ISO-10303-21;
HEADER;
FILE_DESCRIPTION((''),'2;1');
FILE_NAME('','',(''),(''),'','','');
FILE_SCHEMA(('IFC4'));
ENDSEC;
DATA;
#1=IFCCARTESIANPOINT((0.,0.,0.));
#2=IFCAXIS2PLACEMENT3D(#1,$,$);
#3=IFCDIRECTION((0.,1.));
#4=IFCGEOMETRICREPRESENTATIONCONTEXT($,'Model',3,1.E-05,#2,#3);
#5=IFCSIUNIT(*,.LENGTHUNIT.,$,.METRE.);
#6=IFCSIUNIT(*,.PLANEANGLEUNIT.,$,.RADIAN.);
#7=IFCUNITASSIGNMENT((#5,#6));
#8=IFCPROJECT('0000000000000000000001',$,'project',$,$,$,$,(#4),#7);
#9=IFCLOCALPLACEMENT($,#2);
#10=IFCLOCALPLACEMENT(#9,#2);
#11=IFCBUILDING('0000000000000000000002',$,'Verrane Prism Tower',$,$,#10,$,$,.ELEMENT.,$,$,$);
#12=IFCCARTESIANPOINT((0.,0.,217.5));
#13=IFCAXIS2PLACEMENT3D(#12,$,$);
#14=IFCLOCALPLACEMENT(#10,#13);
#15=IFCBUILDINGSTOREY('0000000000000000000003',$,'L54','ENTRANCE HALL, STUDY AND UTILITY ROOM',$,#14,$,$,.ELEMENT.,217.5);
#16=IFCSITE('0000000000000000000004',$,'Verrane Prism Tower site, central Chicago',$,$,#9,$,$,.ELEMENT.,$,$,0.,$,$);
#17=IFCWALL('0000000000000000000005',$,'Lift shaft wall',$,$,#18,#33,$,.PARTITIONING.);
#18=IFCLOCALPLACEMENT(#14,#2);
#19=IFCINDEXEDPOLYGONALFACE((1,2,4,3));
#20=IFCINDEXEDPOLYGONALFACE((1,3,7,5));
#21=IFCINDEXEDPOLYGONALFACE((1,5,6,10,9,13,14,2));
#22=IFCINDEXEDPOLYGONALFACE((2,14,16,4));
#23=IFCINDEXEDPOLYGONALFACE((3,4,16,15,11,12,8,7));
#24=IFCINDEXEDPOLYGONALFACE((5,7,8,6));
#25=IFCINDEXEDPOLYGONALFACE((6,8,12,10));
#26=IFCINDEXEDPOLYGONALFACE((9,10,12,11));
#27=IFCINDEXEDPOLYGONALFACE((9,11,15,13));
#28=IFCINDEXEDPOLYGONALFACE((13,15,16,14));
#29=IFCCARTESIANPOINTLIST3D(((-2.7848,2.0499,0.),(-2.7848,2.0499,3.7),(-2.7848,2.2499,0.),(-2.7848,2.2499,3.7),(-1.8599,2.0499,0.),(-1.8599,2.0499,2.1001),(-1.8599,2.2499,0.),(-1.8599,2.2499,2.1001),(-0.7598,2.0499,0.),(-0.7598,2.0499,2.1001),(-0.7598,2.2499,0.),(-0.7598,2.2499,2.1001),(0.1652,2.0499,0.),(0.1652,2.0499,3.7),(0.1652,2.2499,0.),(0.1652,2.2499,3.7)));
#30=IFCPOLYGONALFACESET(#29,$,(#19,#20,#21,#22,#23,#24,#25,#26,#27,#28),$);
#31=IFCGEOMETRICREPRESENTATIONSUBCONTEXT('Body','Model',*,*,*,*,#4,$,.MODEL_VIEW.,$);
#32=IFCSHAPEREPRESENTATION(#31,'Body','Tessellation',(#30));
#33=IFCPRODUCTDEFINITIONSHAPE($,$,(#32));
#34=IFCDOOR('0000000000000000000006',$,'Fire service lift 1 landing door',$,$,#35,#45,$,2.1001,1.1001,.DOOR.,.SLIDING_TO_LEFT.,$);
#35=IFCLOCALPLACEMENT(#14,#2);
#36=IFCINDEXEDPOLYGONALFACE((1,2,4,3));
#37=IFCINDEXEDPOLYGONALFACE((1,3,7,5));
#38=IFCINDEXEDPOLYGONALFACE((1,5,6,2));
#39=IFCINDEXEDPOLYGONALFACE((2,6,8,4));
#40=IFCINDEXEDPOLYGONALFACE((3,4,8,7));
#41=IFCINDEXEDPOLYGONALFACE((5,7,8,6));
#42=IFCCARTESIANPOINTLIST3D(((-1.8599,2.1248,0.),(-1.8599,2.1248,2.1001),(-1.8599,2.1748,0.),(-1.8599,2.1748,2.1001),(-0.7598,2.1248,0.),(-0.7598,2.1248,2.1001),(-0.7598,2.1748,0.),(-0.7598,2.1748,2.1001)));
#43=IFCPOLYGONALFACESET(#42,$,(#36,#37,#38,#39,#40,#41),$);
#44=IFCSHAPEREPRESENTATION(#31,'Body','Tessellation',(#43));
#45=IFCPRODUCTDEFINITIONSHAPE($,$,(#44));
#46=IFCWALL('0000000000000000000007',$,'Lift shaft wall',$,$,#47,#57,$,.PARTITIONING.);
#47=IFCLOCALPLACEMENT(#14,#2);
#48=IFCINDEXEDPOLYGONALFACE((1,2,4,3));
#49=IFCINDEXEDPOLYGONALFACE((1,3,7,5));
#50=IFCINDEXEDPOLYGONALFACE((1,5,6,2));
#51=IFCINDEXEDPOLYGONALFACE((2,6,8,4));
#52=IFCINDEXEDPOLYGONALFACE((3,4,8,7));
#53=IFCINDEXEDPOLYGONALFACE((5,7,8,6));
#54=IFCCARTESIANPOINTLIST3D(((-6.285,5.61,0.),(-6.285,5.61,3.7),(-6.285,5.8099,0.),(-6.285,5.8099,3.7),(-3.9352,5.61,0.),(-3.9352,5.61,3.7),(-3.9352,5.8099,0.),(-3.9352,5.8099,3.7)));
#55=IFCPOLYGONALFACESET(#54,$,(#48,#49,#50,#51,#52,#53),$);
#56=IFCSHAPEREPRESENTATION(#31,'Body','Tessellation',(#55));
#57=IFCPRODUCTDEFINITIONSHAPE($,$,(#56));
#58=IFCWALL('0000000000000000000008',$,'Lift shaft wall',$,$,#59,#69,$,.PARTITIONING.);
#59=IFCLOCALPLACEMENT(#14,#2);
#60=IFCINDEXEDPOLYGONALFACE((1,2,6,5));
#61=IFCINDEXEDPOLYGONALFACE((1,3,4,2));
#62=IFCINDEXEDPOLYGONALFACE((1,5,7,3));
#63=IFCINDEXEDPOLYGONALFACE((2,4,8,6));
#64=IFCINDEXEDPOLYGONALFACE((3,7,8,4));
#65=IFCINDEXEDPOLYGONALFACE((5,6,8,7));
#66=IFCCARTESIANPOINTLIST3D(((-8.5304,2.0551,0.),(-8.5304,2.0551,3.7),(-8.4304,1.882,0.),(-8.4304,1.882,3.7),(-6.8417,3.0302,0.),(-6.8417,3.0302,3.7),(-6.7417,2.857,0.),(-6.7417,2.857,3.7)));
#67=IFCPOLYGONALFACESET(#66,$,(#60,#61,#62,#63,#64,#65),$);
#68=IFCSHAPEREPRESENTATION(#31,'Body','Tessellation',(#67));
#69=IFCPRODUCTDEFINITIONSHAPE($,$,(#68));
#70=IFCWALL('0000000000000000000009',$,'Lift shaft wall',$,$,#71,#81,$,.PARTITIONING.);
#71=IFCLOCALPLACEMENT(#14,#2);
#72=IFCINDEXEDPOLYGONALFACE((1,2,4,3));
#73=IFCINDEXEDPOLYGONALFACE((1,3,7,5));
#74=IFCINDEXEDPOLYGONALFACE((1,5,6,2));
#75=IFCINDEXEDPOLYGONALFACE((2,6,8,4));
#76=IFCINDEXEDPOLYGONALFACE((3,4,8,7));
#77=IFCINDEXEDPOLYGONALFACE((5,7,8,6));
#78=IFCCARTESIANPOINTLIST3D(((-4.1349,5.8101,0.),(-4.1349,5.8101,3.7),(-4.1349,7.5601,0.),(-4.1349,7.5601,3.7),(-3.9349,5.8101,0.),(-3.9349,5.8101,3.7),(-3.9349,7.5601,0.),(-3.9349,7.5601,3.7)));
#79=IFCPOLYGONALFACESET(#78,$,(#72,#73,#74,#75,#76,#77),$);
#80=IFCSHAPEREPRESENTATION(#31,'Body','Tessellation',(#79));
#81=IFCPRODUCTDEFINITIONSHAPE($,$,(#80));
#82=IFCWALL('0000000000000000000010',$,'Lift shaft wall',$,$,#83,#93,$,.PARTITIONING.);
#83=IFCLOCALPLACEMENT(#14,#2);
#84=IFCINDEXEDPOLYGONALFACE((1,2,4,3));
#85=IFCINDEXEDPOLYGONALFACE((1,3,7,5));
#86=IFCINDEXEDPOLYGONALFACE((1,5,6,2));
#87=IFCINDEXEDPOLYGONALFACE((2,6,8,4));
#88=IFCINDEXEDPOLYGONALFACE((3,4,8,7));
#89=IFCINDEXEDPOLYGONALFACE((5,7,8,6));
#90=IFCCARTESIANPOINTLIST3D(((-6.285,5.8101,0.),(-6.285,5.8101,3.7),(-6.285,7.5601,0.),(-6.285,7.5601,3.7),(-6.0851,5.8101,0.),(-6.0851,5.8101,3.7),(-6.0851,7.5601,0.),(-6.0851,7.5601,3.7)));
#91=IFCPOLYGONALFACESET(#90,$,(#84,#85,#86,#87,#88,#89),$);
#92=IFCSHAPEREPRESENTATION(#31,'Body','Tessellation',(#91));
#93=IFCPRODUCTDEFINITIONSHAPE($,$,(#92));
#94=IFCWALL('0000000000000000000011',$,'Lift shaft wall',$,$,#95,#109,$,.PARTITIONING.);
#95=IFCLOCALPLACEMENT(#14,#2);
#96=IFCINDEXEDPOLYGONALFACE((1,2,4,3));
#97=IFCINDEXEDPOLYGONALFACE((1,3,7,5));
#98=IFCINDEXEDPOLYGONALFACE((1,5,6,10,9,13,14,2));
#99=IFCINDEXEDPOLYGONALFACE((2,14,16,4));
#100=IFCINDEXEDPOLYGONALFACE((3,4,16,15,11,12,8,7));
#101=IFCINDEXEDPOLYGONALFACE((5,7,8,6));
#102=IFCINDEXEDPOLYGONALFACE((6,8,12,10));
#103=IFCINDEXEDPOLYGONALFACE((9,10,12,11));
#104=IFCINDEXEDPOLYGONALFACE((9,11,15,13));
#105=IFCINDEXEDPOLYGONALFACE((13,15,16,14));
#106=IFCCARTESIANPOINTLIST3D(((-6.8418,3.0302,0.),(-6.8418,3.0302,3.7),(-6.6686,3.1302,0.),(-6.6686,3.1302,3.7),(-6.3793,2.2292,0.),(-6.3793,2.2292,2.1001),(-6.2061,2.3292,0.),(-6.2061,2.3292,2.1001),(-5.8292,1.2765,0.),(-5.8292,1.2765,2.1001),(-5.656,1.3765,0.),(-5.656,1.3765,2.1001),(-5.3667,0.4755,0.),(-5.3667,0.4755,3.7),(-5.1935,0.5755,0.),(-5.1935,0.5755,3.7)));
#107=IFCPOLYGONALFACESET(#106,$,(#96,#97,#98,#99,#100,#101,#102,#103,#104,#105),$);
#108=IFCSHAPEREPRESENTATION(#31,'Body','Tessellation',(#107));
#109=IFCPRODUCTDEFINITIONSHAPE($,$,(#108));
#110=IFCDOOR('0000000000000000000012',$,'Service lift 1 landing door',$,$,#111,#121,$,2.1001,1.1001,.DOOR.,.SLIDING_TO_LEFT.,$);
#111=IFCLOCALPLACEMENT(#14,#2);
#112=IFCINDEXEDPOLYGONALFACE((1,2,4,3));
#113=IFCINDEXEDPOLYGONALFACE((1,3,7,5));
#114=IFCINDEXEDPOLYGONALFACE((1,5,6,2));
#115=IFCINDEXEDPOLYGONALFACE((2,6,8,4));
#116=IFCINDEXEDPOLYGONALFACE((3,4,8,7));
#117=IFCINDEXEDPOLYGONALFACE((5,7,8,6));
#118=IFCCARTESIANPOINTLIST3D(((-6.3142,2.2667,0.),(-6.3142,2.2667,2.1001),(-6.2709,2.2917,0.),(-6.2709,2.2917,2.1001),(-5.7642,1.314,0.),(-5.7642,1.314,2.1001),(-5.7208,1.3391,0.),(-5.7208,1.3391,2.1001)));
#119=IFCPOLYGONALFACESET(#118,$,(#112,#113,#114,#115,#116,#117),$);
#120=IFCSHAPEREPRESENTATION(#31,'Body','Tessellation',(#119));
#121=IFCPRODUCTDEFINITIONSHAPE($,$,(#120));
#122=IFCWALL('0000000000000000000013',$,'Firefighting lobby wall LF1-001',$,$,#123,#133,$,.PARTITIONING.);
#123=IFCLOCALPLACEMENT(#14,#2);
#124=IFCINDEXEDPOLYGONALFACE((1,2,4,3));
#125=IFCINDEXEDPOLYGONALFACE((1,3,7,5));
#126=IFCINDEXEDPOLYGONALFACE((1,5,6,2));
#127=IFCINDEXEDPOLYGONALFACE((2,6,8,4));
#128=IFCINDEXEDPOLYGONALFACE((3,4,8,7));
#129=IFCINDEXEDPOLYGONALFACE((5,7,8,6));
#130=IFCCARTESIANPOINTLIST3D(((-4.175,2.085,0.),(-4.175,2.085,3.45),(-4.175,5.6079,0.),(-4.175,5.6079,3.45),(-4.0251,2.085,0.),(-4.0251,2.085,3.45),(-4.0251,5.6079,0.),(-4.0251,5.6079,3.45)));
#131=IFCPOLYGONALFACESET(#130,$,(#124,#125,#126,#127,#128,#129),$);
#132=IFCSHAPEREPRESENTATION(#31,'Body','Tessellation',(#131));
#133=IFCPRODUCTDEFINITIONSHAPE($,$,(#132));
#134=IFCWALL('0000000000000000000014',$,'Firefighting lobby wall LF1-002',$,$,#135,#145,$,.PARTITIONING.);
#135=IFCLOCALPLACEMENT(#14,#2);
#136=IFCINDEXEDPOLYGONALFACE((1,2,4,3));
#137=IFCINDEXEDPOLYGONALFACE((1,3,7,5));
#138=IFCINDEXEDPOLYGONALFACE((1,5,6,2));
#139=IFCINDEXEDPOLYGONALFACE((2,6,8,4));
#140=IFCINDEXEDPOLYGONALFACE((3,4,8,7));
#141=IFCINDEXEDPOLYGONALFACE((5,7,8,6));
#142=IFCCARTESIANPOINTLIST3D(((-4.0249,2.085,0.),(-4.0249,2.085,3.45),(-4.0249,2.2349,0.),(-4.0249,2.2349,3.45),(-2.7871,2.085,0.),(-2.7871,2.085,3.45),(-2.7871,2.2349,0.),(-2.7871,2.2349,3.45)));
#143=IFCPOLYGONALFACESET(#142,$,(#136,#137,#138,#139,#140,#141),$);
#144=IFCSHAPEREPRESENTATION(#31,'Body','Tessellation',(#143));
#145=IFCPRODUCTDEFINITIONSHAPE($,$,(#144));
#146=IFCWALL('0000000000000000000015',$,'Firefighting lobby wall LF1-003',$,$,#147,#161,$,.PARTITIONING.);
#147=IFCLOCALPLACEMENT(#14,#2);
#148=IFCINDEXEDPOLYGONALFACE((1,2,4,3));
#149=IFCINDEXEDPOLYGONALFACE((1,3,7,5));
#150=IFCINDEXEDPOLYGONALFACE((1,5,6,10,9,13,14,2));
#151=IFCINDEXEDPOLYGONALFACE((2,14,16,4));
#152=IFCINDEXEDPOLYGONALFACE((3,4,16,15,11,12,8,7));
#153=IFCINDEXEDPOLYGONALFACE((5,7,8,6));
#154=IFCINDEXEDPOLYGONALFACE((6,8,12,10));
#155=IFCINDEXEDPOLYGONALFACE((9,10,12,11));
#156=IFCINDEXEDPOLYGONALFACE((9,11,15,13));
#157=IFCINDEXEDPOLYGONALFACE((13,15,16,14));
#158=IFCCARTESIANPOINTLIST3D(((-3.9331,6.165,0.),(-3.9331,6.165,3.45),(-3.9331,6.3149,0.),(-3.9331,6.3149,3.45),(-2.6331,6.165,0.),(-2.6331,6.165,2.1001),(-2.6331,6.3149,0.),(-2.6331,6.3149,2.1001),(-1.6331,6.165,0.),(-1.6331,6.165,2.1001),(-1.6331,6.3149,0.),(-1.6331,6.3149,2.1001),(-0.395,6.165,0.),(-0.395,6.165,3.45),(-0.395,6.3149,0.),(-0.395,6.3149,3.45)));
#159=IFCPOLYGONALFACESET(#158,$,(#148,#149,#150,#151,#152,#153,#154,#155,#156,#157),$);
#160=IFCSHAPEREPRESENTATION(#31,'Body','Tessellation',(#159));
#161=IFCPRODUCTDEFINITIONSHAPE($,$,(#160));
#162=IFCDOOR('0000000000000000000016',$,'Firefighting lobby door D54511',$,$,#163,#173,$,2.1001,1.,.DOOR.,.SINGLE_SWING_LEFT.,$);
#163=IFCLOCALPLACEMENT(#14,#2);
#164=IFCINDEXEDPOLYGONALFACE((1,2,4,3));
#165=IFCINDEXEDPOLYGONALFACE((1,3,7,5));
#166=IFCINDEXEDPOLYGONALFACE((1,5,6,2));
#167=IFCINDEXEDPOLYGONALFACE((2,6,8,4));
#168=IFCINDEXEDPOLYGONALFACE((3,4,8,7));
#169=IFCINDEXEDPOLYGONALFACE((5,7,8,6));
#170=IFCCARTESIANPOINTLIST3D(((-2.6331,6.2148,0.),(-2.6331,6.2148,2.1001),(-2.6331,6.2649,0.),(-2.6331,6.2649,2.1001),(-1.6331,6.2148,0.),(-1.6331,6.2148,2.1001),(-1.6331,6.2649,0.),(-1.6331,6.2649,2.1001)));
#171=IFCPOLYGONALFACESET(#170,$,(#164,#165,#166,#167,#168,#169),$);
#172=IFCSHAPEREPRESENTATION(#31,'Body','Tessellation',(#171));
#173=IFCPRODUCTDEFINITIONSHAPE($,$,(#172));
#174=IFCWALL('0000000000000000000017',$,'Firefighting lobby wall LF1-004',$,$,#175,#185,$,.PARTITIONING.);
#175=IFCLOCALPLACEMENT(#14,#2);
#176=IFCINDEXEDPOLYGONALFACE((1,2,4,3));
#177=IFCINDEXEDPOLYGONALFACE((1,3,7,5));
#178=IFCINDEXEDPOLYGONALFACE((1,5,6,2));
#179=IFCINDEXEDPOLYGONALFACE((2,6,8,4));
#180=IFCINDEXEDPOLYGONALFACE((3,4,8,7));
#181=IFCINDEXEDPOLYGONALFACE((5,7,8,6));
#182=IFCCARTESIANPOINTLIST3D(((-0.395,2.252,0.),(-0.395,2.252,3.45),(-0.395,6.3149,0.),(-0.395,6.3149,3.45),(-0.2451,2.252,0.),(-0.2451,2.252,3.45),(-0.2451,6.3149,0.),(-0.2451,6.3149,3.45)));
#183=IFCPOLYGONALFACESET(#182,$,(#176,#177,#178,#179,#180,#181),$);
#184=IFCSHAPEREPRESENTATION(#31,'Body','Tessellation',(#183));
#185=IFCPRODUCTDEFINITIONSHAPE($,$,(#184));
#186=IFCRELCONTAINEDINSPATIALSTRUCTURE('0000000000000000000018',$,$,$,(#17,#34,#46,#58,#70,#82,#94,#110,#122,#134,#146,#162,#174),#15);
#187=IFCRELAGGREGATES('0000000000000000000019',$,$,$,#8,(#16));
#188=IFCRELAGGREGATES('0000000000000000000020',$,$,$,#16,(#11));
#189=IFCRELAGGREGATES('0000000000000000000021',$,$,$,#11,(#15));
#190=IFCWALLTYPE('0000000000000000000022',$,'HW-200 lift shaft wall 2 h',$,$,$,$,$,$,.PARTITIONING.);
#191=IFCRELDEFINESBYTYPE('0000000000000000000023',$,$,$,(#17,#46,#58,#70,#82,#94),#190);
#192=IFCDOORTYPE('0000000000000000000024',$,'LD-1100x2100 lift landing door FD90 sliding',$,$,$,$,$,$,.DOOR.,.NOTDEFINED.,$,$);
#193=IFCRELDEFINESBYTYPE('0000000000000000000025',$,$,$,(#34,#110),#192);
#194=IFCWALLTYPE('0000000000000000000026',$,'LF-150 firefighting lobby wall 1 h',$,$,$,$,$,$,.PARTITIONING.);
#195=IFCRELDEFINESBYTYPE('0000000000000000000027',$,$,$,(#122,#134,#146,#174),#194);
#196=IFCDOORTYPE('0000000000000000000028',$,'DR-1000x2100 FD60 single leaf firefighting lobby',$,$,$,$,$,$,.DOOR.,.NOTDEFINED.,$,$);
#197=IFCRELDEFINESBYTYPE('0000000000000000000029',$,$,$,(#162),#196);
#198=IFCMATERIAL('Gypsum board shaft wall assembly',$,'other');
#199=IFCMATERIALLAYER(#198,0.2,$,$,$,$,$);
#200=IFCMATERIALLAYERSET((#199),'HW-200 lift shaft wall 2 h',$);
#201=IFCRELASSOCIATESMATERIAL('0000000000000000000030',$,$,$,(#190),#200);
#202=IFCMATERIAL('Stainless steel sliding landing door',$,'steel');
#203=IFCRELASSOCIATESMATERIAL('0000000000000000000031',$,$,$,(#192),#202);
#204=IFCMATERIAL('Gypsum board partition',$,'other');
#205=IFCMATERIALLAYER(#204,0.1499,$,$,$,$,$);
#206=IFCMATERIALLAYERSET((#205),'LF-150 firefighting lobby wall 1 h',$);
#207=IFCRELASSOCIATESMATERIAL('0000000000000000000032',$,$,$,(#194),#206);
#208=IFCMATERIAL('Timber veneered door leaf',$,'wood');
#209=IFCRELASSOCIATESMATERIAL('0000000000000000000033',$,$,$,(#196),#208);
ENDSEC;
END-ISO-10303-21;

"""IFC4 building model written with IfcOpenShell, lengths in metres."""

from ifc_helpers import new_model, si_unit, direction, frame, frame_2d, origin, place, context, subcontext, project, spatial, rectangle, extrude, material, layer, layer_set, type_object, element, fill, save


model = new_model("IFC4")

# Units and contexts
model_context = context("Model", 3, precision=1e-05, world=origin(), true_north=direction((0.0, 1.0)))
body_context = subcontext(model_context, "Body", "Model", "MODEL_VIEW")
ifc_project = project(units=[si_unit("LENGTHUNIT", "METRE"), si_unit("PLANEANGLEUNIT", "RADIAN")], contexts=[model_context])

# Site, building, storey
site_placement = place(None, origin())
site = spatial("IfcSite", under=ifc_project, at=site_placement, Name="Verrane Prism Tower site, central Chicago", CompositionType="ELEMENT", RefElevation=0.0)
building_placement = place(site_placement, origin())
building = spatial("IfcBuilding", under=site, at=building_placement, Name="Verrane Prism Tower", CompositionType="ELEMENT")
storey_placement = place(building_placement, frame((0.0, 0.0, 217.5)))
storey = spatial("IfcBuildingStorey", under=building, at=storey_placement, Name="L54", Description="ENTRANCE HALL, STUDY AND UTILITY ROOM", CompositionType="ELEMENT", Elevation=217.5)

# Wall, opening, door
ifc_material_1 = material(Name="Gypsum board shaft wall assembly", Category="other")
ifc_layer_1 = layer(ifc_material_1, 0.2)
ifc_layer_set_1 = layer_set([ifc_layer_1], Name="HW-200 lift shaft wall 2 h")
wall_type_1 = type_object("IfcWallType", Name="HW-200 lift shaft wall 2 h", PredefinedType="PARTITIONING", material=ifc_layer_set_1)
wall_1_placement = place(storey_placement, frame((-2.7849, 2.1499, 0.0), z_axis=(0.0, 0.0, 1.0), x_axis=(1.0, 0.0, 0.0)))
wall_1 = element("IfcWall", 1, at=wall_1_placement, inside=storey, type_object=wall_type_1, Name="Lift shaft wall", PredefinedType="PARTITIONING", context=body_context, shape_type="SweptSolid", body=[
    extrude(rectangle(XDim=2.95, YDim=0.2, at=frame_2d((1.4751, 0.0))), origin(), (0.0, 0.0, 1.0), 3.7),
])
opening_1_placement = place(wall_1_placement, frame((0.925, 0.0, 0.0)))
opening_1 = element("IfcOpeningElement", 2, at=opening_1_placement, cuts=wall_1, PredefinedType="OPENING", context=body_context, shape_type="SweptSolid", body=[
    extrude(rectangle(XDim=1.1001, YDim=2.1001, at=frame_2d((0.55, 1.05))), frame((0.0, 0.1099, 0.0), z_axis=(0.0, -1.0, 0.0), x_axis=(1.0, 0.0, 0.0)), (0.0, 0.0, 1.0), 0.22),
])
ifc_material_2 = material(Name="Stainless steel sliding landing door", Category="steel")
door_type_1 = type_object("IfcDoorType", Name="LD-1100x2100 lift landing door FD90 sliding", OperationType="NOTDEFINED", PredefinedType="DOOR", material=ifc_material_2)
door_1_placement = place(opening_1_placement, origin())
door_1 = element("IfcDoor", 3, at=door_1_placement, inside=storey, type_object=door_type_1, Name="Fire service lift 1 landing door", OperationType="SLIDING_TO_LEFT", OverallHeight=2.1001, OverallWidth=1.1001, PredefinedType="DOOR", context=body_context, shape_type="SweptSolid", body=[
    extrude(rectangle(XDim=1.1001, YDim=2.1001, at=frame_2d((0.55, 1.05))), frame((0.0, 0.0249, 0.0), z_axis=(0.0, -1.0, 0.0), x_axis=(1.0, 0.0, 0.0)), (0.0, 0.0, 1.0), 0.05),
])
fill(opening_1, door_1)

# Walls
wall_2_placement = place(storey_placement, frame((-6.2849, 5.71, 0.0), z_axis=(0.0, 0.0, 1.0), x_axis=(1.0, 0.0, 0.0)))
element("IfcWall", 4, at=wall_2_placement, inside=storey, type_object=wall_type_1, Name="Lift shaft wall", PredefinedType="PARTITIONING", context=body_context, shape_type="SweptSolid", body=[
    extrude(rectangle(XDim=2.3499, YDim=0.2, at=frame_2d((1.1748, 0.0))), origin(), (0.0, 0.0, 1.0), 3.7),
])
wall_3_placement = place(storey_placement, frame((-8.4805, 1.9685, 0.0), z_axis=(0.0, 0.0, 1.0), x_axis=(0.866, 0.500044, 0.0)))
element("IfcWall", 5, at=wall_3_placement, inside=storey, type_object=wall_type_1, Name="Lift shaft wall", PredefinedType="PARTITIONING", context=body_context, shape_type="SweptSolid", body=[
    extrude(rectangle(XDim=1.95, YDim=0.2, at=frame_2d((0.9751, 0.0))), origin(), (0.0, 0.0, 1.0), 3.7),
])
for number, where, z_axis, x_axis, name in (
    (6, (-4.0349, 5.8101, 0.0), (0.0, 0.0, 1.0), (0.0, 1.0, 0.0), "Lift shaft wall"),
    (7, (-6.1851, 5.8101, 0.0), (0.0, 0.0, 1.0), (0.0, 1.0, 0.0), "Lift shaft wall"),
):
    element("IfcWall", number, at=place(storey_placement, frame(where, z_axis=z_axis, x_axis=x_axis)), inside=storey, type_object=wall_type_1, Name=name, PredefinedType="PARTITIONING", context=body_context, shape_type="SweptSolid", body=[
        extrude(rectangle(XDim=1.75, YDim=0.2, at=frame_2d((0.875, 0.0))), origin(), (0.0, 0.0, 1.0), 3.7),
    ])

# Wall, opening, door
wall_4_placement = place(storey_placement, frame((-5.28, 0.5254, 0.0), z_axis=(0.0, 0.0, 1.0), x_axis=(-0.500038, 0.866004, 0.0)))
wall_4 = element("IfcWall", 8, at=wall_4_placement, inside=storey, type_object=wall_type_1, Name="Lift shaft wall", PredefinedType="PARTITIONING", context=body_context, shape_type="SweptSolid", body=[
    extrude(rectangle(XDim=2.95, YDim=0.2, at=frame_2d((1.4751, 0.0))), origin(), (0.0, 0.0, 1.0), 3.7),
])
opening_2_placement = place(wall_4_placement, frame((0.925, 0.0, 0.0)))
opening_2 = element("IfcOpeningElement", 9, at=opening_2_placement, cuts=wall_4, PredefinedType="OPENING", context=body_context, shape_type="SweptSolid", body=[
    extrude(rectangle(XDim=1.1001, YDim=2.1001, at=frame_2d((0.55, 1.05))), frame((0.0, 0.1099, 0.0), z_axis=(0.0, -1.0, 0.0), x_axis=(1.0, 0.0, 0.0)), (0.0, 0.0, 1.0), 0.22),
])
door_2_placement = place(opening_2_placement, origin())
door_2 = element("IfcDoor", 10, at=door_2_placement, inside=storey, type_object=door_type_1, Name="Service lift 1 landing door", OperationType="SLIDING_TO_LEFT", OverallHeight=2.1001, OverallWidth=1.1001, PredefinedType="DOOR", context=body_context, shape_type="SweptSolid", body=[
    extrude(rectangle(XDim=1.1001, YDim=2.1001, at=frame_2d((0.55, 1.05))), frame((0.0, 0.0249, 0.0), z_axis=(0.0, -1.0, 0.0), x_axis=(1.0, 0.0, 0.0)), (0.0, 0.0, 1.0), 0.05),
])
fill(opening_2, door_2)

# Walls
ifc_material_3 = material(Name="Gypsum board partition", Category="other")
ifc_layer_2 = layer(ifc_material_3, 0.1499)
ifc_layer_set_2 = layer_set([ifc_layer_2], Name="LF-150 firefighting lobby wall 1 h")
wall_type_2 = type_object("IfcWallType", Name="LF-150 firefighting lobby wall 1 h", PredefinedType="PARTITIONING", material=ifc_layer_set_2)
wall_5_placement = place(storey_placement, frame((-4.1001, 2.085, 0.0), z_axis=(0.0, 0.0, 1.0), x_axis=(0.0, 1.0, 0.0)))
element("IfcWall", 11, at=wall_5_placement, inside=storey, type_object=wall_type_2, Name="Firefighting lobby wall LF1-001", PredefinedType="PARTITIONING", context=body_context, shape_type="SweptSolid", body=[
    extrude(rectangle(XDim=3.5229, YDim=0.1499, at=frame_2d((1.7615, 0.0))), origin(), (0.0, 0.0, 1.0), 3.45),
])
wall_6_placement = place(storey_placement, frame((-4.0249, 2.1599, 0.0), z_axis=(0.0, 0.0, 1.0), x_axis=(1.0, 0.0, 0.0)))
element("IfcWall", 12, at=wall_6_placement, inside=storey, type_object=wall_type_2, Name="Firefighting lobby wall LF1-002", PredefinedType="PARTITIONING", context=body_context, shape_type="SweptSolid", body=[
    extrude(rectangle(XDim=1.2378, YDim=0.1499, at=frame_2d((0.6189, 0.0))), origin(), (0.0, 0.0, 1.0), 3.45),
])

# Wall, opening, door
wall_7_placement = place(storey_placement, frame((-3.9331, 6.24, 0.0), z_axis=(0.0, 0.0, 1.0), x_axis=(1.0, 0.0, 0.0)))
wall_7 = element("IfcWall", 13, at=wall_7_placement, inside=storey, type_object=wall_type_2, Name="Firefighting lobby wall LF1-003", PredefinedType="PARTITIONING", context=body_context, shape_type="SweptSolid", body=[
    extrude(rectangle(XDim=3.5381, YDim=0.1499, at=frame_2d((1.769, 0.0))), origin(), (0.0, 0.0, 1.0), 3.45),
])
opening_3_placement = place(wall_7_placement, frame((1.3, 0.0, 0.0)))
opening_3 = element("IfcOpeningElement", 14, at=opening_3_placement, cuts=wall_7, PredefinedType="OPENING", context=body_context, shape_type="SweptSolid", body=[
    extrude(rectangle(XDim=1.0, YDim=2.1001, at=frame_2d((0.5, 1.05))), frame((0.0, 0.085, 0.0), z_axis=(0.0, -1.0, 0.0), x_axis=(1.0, 0.0, 0.0)), (0.0, 0.0, 1.0), 0.1699),
])
ifc_material_4 = material(Name="Timber veneered door leaf", Category="wood")
door_type_2 = type_object("IfcDoorType", Name="DR-1000x2100 FD60 single leaf firefighting lobby", OperationType="NOTDEFINED", PredefinedType="DOOR", material=ifc_material_4)
door_3_placement = place(opening_3_placement, origin())
door_3 = element("IfcDoor", 15, at=door_3_placement, inside=storey, type_object=door_type_2, Name="Firefighting lobby door D54511", OperationType="SINGLE_SWING_LEFT", OverallHeight=2.1001, OverallWidth=1.0, PredefinedType="DOOR", context=body_context, shape_type="SweptSolid", body=[
    extrude(rectangle(XDim=1.0, YDim=2.1001, at=frame_2d((0.5, 1.05))), frame((0.0, 0.0249, 0.0), z_axis=(0.0, -1.0, 0.0), x_axis=(1.0, 0.0, 0.0)), (0.0, 0.0, 1.0), 0.05),
])
fill(opening_3, door_3)

# Wall
wall_8_placement = place(storey_placement, frame((-0.3201, 2.252, 0.0), z_axis=(0.0, 0.0, 1.0), x_axis=(0.0, 1.0, 0.0)))
element("IfcWall", 16, at=wall_8_placement, inside=storey, type_object=wall_type_2, Name="Firefighting lobby wall LF1-004", PredefinedType="PARTITIONING", context=body_context, shape_type="SweptSolid", body=[
    extrude(rectangle(XDim=4.063, YDim=0.1499, at=frame_2d((2.0315, 0.0))), origin(), (0.0, 0.0, 1.0), 3.45),
])

save(model, "model.ifc")
